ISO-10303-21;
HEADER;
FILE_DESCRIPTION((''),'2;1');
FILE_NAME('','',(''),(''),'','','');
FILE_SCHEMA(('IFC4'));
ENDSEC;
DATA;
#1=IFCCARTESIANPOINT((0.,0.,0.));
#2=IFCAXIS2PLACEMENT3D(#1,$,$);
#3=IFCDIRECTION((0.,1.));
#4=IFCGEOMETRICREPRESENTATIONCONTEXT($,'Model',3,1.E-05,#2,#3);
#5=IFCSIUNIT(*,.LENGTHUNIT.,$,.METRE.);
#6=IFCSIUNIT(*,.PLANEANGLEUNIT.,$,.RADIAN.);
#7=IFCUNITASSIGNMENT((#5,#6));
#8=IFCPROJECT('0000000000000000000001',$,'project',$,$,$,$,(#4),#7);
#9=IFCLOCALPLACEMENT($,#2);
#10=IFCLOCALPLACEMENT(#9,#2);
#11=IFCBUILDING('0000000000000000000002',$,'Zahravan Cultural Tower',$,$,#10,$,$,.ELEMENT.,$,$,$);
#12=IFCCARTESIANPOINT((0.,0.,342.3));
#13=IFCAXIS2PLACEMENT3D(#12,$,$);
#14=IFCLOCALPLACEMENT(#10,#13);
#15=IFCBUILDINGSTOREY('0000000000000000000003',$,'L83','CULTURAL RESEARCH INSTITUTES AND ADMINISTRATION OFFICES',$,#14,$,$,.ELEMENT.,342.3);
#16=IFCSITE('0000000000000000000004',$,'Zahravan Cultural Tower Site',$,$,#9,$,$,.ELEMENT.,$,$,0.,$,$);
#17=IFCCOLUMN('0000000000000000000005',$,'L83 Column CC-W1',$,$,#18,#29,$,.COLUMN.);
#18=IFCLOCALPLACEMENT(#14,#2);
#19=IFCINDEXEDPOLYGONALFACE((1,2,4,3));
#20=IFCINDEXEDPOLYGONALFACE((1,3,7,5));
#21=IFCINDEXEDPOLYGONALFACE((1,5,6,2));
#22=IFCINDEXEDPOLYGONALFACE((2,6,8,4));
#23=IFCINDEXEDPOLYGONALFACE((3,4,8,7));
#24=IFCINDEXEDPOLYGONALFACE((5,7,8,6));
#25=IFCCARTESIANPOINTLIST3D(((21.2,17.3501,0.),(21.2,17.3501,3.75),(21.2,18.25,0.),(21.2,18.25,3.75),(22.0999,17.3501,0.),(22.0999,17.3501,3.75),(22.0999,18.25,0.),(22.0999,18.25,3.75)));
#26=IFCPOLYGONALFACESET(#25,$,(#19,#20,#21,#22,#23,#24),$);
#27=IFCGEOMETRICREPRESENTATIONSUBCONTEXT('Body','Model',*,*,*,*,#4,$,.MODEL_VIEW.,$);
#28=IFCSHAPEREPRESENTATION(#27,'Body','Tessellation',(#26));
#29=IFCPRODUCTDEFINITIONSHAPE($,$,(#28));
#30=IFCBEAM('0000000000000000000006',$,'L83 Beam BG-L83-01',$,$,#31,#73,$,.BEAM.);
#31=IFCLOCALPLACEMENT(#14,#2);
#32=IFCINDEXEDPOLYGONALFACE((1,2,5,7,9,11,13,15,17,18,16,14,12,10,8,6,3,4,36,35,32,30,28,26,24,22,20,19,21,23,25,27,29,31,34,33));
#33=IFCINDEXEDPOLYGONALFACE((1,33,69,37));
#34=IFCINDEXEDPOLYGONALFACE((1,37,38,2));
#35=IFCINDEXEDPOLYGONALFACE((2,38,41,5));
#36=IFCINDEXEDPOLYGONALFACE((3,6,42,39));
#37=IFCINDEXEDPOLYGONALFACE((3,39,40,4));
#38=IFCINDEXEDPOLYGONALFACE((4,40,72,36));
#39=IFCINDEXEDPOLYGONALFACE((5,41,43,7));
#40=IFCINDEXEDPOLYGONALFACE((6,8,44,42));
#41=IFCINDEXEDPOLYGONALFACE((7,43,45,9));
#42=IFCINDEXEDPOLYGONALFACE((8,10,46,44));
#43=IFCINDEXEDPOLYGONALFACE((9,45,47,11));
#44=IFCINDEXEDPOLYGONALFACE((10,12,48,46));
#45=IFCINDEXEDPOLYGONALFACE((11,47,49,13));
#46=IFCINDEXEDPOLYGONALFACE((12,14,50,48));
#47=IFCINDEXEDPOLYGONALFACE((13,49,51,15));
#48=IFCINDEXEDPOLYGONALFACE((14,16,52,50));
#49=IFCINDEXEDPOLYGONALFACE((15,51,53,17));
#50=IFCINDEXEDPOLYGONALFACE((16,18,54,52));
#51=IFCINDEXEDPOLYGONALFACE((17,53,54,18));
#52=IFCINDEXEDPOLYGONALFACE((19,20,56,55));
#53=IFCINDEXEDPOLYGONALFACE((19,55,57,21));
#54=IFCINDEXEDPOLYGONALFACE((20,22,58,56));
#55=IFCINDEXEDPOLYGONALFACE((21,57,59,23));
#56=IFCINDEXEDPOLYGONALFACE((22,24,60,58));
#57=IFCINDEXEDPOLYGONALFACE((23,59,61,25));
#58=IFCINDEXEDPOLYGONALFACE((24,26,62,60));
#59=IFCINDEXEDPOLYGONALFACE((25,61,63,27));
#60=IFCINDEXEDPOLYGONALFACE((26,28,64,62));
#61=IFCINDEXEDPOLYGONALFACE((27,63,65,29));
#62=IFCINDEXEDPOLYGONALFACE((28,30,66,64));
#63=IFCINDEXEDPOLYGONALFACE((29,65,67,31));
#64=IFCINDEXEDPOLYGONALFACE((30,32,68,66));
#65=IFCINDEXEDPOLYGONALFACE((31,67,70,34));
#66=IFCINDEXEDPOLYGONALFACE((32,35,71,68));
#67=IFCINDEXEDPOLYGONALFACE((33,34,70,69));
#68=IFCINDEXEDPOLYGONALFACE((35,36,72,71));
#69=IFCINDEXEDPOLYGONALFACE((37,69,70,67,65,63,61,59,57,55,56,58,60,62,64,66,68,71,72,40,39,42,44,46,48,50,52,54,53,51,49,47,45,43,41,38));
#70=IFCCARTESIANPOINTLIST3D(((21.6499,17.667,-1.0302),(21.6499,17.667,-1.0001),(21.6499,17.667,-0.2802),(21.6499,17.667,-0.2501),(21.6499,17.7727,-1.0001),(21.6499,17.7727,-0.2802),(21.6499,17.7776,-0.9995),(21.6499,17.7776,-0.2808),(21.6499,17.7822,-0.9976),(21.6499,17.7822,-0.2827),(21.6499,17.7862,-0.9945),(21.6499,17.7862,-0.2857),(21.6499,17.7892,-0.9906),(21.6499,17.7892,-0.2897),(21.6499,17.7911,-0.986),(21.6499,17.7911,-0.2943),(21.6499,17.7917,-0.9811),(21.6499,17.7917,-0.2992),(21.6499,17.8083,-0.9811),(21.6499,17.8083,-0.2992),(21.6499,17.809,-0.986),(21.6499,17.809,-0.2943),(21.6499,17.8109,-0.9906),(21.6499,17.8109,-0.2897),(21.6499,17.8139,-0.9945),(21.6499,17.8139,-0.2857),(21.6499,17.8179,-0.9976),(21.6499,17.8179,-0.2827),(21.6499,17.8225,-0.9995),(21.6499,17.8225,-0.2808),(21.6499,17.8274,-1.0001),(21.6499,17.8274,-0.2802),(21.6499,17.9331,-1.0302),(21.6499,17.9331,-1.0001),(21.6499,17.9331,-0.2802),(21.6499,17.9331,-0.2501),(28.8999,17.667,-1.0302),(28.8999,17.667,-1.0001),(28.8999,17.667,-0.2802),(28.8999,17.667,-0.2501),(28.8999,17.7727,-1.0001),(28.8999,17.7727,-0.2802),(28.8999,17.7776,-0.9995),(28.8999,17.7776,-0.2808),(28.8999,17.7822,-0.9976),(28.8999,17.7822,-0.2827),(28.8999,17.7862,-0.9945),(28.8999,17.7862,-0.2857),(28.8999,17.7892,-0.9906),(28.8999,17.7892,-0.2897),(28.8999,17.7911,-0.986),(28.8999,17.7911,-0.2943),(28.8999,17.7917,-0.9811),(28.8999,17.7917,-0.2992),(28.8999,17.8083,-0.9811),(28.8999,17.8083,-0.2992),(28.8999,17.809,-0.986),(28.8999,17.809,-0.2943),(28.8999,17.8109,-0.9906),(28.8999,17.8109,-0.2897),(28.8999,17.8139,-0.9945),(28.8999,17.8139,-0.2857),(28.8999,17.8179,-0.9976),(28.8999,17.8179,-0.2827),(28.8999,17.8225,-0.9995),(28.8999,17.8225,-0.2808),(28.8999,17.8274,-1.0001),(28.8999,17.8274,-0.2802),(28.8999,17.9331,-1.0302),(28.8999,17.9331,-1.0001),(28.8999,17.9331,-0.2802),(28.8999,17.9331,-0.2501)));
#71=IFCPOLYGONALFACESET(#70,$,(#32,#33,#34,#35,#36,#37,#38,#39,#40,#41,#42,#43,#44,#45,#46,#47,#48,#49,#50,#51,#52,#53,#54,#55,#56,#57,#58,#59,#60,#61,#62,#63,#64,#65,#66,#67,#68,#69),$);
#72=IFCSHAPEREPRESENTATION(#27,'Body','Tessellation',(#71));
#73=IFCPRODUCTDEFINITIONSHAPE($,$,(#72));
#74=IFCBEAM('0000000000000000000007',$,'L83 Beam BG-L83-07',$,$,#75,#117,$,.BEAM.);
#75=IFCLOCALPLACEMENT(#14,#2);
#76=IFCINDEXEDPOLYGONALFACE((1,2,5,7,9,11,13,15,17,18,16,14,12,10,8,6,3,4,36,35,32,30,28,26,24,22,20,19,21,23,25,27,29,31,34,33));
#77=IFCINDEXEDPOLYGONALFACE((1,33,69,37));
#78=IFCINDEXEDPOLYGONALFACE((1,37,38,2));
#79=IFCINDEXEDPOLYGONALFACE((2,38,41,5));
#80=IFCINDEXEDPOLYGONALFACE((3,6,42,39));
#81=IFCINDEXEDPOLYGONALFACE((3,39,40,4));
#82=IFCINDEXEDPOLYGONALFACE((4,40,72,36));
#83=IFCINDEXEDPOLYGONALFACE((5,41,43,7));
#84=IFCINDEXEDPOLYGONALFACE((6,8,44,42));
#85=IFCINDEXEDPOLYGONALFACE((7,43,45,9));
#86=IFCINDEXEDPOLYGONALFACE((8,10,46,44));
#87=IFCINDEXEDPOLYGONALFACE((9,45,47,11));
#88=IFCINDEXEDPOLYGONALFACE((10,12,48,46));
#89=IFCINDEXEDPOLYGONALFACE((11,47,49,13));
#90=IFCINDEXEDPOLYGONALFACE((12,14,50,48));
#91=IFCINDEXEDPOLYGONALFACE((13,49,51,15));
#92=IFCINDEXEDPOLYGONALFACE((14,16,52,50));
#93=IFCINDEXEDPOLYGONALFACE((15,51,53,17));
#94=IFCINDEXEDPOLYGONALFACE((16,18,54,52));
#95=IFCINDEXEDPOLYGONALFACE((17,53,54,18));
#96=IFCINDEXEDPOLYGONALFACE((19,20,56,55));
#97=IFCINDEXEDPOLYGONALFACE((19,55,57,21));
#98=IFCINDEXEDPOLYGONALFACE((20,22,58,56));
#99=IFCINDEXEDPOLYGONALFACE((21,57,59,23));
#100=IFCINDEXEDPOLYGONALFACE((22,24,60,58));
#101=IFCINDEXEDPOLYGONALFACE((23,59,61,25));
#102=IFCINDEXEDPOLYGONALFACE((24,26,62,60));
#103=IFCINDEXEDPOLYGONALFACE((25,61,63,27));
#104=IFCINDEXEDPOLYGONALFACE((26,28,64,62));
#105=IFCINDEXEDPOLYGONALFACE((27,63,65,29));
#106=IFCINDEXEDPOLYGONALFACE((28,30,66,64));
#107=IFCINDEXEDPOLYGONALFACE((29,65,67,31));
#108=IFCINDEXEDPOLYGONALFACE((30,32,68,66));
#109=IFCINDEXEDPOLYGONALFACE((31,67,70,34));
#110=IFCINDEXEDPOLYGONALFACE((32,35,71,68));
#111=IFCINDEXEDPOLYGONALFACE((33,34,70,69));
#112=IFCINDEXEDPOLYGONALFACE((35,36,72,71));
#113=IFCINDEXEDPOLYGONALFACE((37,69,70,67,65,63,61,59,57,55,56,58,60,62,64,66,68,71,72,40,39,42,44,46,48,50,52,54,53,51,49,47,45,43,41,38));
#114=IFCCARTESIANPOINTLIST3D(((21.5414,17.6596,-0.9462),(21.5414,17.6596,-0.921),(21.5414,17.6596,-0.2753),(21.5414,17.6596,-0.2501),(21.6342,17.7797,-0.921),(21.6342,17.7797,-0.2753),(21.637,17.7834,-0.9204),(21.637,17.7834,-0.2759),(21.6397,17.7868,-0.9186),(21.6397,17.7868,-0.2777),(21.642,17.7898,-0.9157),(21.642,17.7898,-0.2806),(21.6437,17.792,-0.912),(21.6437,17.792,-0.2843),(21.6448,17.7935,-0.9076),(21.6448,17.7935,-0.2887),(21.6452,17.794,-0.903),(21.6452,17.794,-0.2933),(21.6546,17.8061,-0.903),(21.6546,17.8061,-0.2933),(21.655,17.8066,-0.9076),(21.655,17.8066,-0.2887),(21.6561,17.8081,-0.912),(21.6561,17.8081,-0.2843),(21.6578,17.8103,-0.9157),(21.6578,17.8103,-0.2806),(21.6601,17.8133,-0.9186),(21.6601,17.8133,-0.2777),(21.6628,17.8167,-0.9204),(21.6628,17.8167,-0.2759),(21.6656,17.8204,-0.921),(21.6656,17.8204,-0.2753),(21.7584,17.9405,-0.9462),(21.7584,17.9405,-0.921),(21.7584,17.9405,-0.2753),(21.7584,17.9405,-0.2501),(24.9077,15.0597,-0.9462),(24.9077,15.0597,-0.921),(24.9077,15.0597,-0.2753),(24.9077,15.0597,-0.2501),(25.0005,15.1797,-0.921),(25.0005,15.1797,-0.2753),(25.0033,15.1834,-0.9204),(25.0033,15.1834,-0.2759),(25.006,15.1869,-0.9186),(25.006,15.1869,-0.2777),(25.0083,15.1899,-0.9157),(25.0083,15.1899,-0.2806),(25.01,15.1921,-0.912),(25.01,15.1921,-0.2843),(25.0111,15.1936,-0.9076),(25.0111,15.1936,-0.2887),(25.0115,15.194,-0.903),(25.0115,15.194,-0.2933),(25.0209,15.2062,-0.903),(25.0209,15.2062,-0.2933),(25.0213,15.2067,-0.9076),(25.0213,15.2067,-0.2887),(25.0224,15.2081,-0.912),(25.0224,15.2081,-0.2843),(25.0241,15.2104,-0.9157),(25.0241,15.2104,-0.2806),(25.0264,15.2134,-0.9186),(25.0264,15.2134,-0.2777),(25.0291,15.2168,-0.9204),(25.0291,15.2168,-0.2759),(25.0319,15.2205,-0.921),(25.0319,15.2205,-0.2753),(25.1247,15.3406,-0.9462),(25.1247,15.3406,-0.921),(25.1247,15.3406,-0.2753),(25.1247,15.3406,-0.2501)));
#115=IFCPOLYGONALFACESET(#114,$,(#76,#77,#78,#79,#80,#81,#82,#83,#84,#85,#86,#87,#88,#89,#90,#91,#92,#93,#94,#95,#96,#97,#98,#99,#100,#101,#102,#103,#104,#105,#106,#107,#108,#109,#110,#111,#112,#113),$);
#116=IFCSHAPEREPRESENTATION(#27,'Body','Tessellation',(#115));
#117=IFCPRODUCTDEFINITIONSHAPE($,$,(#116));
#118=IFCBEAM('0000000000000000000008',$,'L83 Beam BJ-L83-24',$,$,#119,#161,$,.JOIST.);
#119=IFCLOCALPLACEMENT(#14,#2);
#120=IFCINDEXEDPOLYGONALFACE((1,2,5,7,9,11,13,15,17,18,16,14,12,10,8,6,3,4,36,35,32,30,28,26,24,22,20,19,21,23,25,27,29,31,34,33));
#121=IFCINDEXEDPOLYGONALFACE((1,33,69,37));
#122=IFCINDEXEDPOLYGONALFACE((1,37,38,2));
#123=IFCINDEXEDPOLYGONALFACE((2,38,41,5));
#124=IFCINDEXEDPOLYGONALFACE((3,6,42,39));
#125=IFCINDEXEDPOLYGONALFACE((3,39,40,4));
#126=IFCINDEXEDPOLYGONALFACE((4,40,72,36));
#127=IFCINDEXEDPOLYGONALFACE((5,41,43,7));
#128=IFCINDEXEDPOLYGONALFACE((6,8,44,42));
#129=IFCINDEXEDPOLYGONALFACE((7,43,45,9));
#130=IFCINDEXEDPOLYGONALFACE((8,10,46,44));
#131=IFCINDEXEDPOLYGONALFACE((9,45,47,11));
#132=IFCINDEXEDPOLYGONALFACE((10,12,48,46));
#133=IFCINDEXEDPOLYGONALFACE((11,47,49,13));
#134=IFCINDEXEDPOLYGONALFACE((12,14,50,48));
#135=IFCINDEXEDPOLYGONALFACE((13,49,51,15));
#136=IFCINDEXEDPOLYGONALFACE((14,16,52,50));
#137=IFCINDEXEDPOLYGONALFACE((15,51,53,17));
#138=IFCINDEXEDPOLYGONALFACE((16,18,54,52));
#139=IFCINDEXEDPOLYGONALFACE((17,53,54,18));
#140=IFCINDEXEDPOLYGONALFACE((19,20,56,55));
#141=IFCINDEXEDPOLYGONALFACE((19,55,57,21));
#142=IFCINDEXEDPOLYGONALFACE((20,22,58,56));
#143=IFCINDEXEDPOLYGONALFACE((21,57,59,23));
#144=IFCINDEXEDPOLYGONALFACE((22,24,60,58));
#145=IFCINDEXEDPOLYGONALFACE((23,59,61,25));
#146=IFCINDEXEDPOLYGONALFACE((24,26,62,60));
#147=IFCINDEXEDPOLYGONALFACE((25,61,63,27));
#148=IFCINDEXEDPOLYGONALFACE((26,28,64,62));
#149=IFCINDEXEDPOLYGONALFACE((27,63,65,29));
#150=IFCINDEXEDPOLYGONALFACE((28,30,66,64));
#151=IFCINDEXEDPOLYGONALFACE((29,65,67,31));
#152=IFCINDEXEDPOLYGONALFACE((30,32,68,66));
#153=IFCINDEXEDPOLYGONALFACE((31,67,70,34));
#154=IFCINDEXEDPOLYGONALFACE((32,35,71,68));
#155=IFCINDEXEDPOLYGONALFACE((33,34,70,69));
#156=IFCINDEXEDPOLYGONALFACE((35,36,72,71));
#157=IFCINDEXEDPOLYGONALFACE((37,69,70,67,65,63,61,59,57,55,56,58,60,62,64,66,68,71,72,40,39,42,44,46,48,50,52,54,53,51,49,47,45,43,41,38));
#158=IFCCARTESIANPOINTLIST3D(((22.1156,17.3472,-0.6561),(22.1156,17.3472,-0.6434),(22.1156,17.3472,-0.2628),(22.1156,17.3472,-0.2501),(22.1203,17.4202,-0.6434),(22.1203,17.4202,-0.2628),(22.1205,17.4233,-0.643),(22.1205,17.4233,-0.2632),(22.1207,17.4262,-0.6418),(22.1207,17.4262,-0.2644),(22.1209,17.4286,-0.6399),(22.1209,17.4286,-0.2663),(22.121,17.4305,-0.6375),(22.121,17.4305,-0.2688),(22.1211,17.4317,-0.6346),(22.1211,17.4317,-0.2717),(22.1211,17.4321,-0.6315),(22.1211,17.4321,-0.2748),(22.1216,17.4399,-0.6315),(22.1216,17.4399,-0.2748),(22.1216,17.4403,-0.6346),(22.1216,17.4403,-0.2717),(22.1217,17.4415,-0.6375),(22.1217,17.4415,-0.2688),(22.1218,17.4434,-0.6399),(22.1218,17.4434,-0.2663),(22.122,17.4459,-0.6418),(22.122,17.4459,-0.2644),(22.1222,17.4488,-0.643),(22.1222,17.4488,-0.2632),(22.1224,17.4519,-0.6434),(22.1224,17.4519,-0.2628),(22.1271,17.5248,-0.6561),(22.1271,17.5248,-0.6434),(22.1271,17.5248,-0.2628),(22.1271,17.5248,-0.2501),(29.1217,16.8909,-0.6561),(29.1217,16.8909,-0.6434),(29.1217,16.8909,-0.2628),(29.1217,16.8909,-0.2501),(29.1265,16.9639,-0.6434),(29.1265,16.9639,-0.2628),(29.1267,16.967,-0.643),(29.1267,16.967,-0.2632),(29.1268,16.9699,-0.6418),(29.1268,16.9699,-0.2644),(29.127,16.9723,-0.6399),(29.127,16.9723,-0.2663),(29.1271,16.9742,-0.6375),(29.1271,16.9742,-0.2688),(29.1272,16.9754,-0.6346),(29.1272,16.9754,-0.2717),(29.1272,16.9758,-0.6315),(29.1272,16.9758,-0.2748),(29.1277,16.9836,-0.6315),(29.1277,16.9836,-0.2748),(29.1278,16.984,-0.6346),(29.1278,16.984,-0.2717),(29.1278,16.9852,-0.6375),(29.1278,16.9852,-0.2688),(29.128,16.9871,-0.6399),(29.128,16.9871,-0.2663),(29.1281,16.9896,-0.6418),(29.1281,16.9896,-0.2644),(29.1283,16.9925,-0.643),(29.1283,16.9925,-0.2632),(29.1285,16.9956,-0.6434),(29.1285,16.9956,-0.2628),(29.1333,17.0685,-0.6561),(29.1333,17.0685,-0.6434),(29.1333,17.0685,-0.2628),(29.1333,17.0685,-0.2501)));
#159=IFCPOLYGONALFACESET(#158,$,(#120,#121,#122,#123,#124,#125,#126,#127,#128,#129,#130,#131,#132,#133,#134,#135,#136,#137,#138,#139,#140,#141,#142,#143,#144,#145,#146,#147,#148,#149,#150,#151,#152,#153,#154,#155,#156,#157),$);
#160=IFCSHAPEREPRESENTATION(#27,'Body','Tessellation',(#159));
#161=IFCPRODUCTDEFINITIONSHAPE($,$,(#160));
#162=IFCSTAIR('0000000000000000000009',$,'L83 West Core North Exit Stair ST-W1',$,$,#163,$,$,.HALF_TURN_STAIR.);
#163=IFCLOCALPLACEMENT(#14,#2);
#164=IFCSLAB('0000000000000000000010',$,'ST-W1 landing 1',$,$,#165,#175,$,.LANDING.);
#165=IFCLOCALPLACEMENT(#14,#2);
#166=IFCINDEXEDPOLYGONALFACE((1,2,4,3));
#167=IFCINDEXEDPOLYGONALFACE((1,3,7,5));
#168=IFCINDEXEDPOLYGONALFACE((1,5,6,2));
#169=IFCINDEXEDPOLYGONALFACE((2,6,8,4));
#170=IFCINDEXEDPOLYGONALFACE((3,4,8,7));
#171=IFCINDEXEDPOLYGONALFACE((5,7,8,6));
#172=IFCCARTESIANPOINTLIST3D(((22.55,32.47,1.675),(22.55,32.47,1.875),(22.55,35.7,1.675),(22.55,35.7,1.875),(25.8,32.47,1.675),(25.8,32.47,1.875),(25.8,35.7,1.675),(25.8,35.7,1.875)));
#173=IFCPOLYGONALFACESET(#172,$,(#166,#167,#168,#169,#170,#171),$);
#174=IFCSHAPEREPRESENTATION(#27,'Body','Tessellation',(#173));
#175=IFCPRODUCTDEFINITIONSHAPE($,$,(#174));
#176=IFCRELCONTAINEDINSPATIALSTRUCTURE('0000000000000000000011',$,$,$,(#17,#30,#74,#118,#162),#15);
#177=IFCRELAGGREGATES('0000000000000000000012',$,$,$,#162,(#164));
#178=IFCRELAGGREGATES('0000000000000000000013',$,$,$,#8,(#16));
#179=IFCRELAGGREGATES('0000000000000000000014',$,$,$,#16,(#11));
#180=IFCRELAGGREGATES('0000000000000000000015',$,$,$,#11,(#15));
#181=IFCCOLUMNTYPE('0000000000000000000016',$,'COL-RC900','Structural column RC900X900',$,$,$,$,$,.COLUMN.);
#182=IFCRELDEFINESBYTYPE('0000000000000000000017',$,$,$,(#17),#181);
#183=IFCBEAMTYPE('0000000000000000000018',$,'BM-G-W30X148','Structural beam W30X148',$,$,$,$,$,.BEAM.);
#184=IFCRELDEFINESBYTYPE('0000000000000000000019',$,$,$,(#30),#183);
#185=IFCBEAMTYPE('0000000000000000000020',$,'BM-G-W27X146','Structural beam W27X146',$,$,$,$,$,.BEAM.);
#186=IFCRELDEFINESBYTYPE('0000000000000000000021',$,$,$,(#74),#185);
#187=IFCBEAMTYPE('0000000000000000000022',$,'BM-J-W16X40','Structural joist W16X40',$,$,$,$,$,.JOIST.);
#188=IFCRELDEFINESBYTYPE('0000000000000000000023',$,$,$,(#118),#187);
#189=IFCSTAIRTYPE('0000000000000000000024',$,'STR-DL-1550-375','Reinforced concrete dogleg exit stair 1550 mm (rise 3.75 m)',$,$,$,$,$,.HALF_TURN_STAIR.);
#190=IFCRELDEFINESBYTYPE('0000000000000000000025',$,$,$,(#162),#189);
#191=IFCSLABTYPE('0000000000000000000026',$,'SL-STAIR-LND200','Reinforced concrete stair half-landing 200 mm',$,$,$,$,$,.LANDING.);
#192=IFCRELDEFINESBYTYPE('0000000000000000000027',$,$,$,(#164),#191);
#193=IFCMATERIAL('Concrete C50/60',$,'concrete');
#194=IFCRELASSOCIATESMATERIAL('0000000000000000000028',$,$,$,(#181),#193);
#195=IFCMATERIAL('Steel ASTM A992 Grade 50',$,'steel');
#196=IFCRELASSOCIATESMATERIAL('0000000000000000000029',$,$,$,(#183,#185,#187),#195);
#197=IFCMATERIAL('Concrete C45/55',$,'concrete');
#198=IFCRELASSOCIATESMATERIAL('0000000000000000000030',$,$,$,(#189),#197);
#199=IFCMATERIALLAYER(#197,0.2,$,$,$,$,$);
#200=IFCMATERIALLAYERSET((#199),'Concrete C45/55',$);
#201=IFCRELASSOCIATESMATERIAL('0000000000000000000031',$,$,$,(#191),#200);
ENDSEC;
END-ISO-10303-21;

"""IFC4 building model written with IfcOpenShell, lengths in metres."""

from ifc_helpers import new_model, si_unit, direction, frame, origin, origin_2d, place, context, subcontext, project, spatial, polyline, rectangle, i_section, outline, extrude, source, transform, mapped, material, layer, layer_set, material_profile, profile_set, type_object, element, aggregate, save


model = new_model("IFC4")

# Units and contexts
model_context = context("Model", 3, precision=1e-05, world=origin(), true_north=direction((0.0, 1.0)))
body_context = subcontext(model_context, "Body", "Model", "MODEL_VIEW")
ifc_project = project(units=[si_unit("LENGTHUNIT", "METRE"), si_unit("PLANEANGLEUNIT", "RADIAN")], contexts=[model_context])

# Site, building, storey
site_placement = place(None, origin())
site = spatial("IfcSite", under=ifc_project, at=site_placement, Name="Zahravan Cultural Tower Site", CompositionType="ELEMENT", RefElevation=0.0)
building_placement = place(site_placement, origin())
building = spatial("IfcBuilding", under=site, at=building_placement, Name="Zahravan Cultural Tower", CompositionType="ELEMENT")
storey_placement = place(building_placement, frame((0.0, 0.0, 342.3)))
storey = spatial("IfcBuildingStorey", under=building, at=storey_placement, Name="L83", Description="CULTURAL RESEARCH INSTITUTES AND ADMINISTRATION OFFICES", CompositionType="ELEMENT", Elevation=342.3)

# Column
ifc_material_1 = material(Name="Concrete C50/60", Category="concrete")
ifc_material_profile_1 = material_profile(ifc_material_1, rectangle(XDim=0.8999, YDim=0.8999, at=origin_2d()), Name="RC900X900")
ifc_profile_set_1 = profile_set([ifc_material_profile_1], Name="Concrete C50/60")
column_type = type_object("IfcColumnType", Name="COL-RC900", Description="Structural column RC900X900", PredefinedType="COLUMN", material=ifc_profile_set_1)
shared_shape_1 = source(origin(), body_context, "Body", "SweptSolid", [
    extrude(rectangle(XDim=0.8999, YDim=0.8999, at=origin_2d()), origin(), (0.0, 0.0, 1.0), 3.75),
])
column_placement = place(storey_placement, frame((21.6499, 17.8, 0.0), z_axis=(0.0, 0.0, 1.0), x_axis=(1.0, 0.0, 0.0)))
element("IfcColumn", 1, at=column_placement, inside=storey, type_object=column_type, Name="L83 Column CC-W1", PredefinedType="COLUMN", context=body_context, shape_type="MappedRepresentation", body=[
    mapped(shared_shape_1, transform((0.0, 0.0, 0.0), x_axis=(1.0, 0.0, 0.0), y_axis=(0.0, 1.0, 0.0), z_axis=(0.0, 0.0, 1.0), scale=1.0)),
])

# Beams
ifc_material_2 = material(Name="Steel ASTM A992 Grade 50", Category="steel")
ifc_material_profile_2 = material_profile(ifc_material_2, i_section(OverallWidth=0.2661, OverallDepth=0.78, WebThickness=0.0166, FlangeThickness=0.03, FilletRadius=0.019, at=origin_2d()), Name="W30X148")
ifc_profile_set_2 = profile_set([ifc_material_profile_2], Name="Steel ASTM A992 Grade 50")
beam_type_1 = type_object("IfcBeamType", Name="BM-G-W30X148", Description="Structural beam W30X148", PredefinedType="BEAM", material=ifc_profile_set_2)
shared_shape_2 = source(origin(), body_context, "Body", "SweptSolid", [
    extrude(i_section(OverallWidth=0.2661, OverallDepth=0.78, WebThickness=0.0166, FlangeThickness=0.03, FilletRadius=0.019, at=origin_2d()), origin(), (0.0, 0.0, 1.0), 7.25),
])
beam_1_placement = place(storey_placement, frame((21.6499, 17.8, -0.6401), z_axis=(1.0, 0.0, 0.0), x_axis=(0.0, 1.0, 0.0)))
element("IfcBeam", 2, at=beam_1_placement, inside=storey, type_object=beam_type_1, Name="L83 Beam BG-L83-01", PredefinedType="BEAM", context=body_context, shape_type="MappedRepresentation", body=[
    mapped(shared_shape_2, transform((0.0, 0.0, 0.0), x_axis=(1.0, 0.0, 0.0), y_axis=(0.0, 1.0, 0.0), z_axis=(0.0, 0.0, 1.0), scale=1.0)),
])
ifc_material_profile_3 = material_profile(ifc_material_2, i_section(OverallWidth=0.355, OverallDepth=0.696, WebThickness=0.0154, FlangeThickness=0.0251, FilletRadius=0.0181, at=origin_2d()), Name="W27X146")
ifc_profile_set_3 = profile_set([ifc_material_profile_3], Name="Steel ASTM A992 Grade 50")
beam_type_2 = type_object("IfcBeamType", Name="BM-G-W27X146", Description="Structural beam W27X146", PredefinedType="BEAM", material=ifc_profile_set_3)
shared_shape_3 = source(origin(), body_context, "Body", "SweptSolid", [
    extrude(i_section(OverallWidth=0.355, OverallDepth=0.696, WebThickness=0.0154, FlangeThickness=0.0251, FilletRadius=0.0181, at=origin_2d()), origin(), (0.0, 0.0, 1.0), 4.2534),
])
beam_2_placement = place(storey_placement, frame((21.6499, 17.8, -0.5981), z_axis=(0.791434, -0.611255, 0.0), x_axis=(0.611255, 0.791434, 0.0)))
element("IfcBeam", 3, at=beam_2_placement, inside=storey, type_object=beam_type_2, Name="L83 Beam BG-L83-07", PredefinedType="BEAM", context=body_context, shape_type="MappedRepresentation", body=[
    mapped(shared_shape_3, transform((0.0, 0.0, 0.0), x_axis=(1.0, 0.0, 0.0), y_axis=(0.0, 1.0, 0.0), z_axis=(0.0, 0.0, 1.0), scale=1.0)),
])
ifc_material_profile_4 = material_profile(ifc_material_2, i_section(OverallWidth=0.178, OverallDepth=0.406, WebThickness=0.0078, FlangeThickness=0.0127, FilletRadius=0.012, at=origin_2d()), Name="W16X40")
ifc_profile_set_4 = profile_set([ifc_material_profile_4], Name="Steel ASTM A992 Grade 50")
beam_type_3 = type_object("IfcBeamType", Name="BM-J-W16X40", Description="Structural joist W16X40", PredefinedType="JOIST", material=ifc_profile_set_4)
shared_shape_4 = source(origin(), body_context, "Body", "SweptSolid", [
    extrude(i_section(OverallWidth=0.178, OverallDepth=0.406, WebThickness=0.0078, FlangeThickness=0.0127, FilletRadius=0.012, at=origin_2d()), origin(), (0.0, 0.0, 1.0), 7.021),
])
beam_3_placement = place(storey_placement, frame((22.1213, 17.436, -0.4531), z_axis=(0.997886, -0.064991, 0.0), x_axis=(0.064991, 0.997886, 0.0)))
element("IfcBeam", 4, at=beam_3_placement, inside=storey, type_object=beam_type_3, Name="L83 Beam BJ-L83-24", PredefinedType="JOIST", context=body_context, shape_type="MappedRepresentation", body=[
    mapped(shared_shape_4, transform((0.0, 0.0, 0.0), x_axis=(1.0, 0.0, 0.0), y_axis=(0.0, 1.0, 0.0), z_axis=(0.0, 0.0, 1.0), scale=1.0)),
])

# Stair, slab
ifc_material_3 = material(Name="Concrete C45/55", Category="concrete")
stair_type = type_object("IfcStairType", Name="STR-DL-1550-375", Description="Reinforced concrete dogleg exit stair 1550 mm (rise 3.75 m)", PredefinedType="HALF_TURN_STAIR", material=ifc_material_3)
stair_1_placement = place(storey_placement, origin())
stair_1 = element("IfcStair", 5, at=stair_1_placement, inside=storey, type_object=stair_type, Name="L83 West Core North Exit Stair ST-W1", PredefinedType="HALF_TURN_STAIR")
ifc_layer_1 = layer(ifc_material_3, 0.2)
ifc_layer_set_1 = layer_set([ifc_layer_1], Name="Concrete C45/55")
slab_type_1 = type_object("IfcSlabType", Name="SL-STAIR-LND200", Description="Reinforced concrete stair half-landing 200 mm", PredefinedType="LANDING", material=ifc_layer_set_1)
slab_1_placement = place(storey_placement, frame((0.0, 0.0, 1.675)))
slab_1 = element("IfcSlab", 6, at=slab_1_placement, type_object=slab_type_1, Name="ST-W1 landing 1", PredefinedType="LANDING", context=body_context, shape_type="SweptSolid", body=[
    extrude(outline(polyline([(25.8, 32.47), (25.8, 35.7), (22.55, 35.7), (22.55, 32.47), (25.8, 32.47)])), origin(), (0.0, 0.0, 1.0), 0.2),
])
aggregate(stair_1, [slab_1])

save(model, "model.ifc")
